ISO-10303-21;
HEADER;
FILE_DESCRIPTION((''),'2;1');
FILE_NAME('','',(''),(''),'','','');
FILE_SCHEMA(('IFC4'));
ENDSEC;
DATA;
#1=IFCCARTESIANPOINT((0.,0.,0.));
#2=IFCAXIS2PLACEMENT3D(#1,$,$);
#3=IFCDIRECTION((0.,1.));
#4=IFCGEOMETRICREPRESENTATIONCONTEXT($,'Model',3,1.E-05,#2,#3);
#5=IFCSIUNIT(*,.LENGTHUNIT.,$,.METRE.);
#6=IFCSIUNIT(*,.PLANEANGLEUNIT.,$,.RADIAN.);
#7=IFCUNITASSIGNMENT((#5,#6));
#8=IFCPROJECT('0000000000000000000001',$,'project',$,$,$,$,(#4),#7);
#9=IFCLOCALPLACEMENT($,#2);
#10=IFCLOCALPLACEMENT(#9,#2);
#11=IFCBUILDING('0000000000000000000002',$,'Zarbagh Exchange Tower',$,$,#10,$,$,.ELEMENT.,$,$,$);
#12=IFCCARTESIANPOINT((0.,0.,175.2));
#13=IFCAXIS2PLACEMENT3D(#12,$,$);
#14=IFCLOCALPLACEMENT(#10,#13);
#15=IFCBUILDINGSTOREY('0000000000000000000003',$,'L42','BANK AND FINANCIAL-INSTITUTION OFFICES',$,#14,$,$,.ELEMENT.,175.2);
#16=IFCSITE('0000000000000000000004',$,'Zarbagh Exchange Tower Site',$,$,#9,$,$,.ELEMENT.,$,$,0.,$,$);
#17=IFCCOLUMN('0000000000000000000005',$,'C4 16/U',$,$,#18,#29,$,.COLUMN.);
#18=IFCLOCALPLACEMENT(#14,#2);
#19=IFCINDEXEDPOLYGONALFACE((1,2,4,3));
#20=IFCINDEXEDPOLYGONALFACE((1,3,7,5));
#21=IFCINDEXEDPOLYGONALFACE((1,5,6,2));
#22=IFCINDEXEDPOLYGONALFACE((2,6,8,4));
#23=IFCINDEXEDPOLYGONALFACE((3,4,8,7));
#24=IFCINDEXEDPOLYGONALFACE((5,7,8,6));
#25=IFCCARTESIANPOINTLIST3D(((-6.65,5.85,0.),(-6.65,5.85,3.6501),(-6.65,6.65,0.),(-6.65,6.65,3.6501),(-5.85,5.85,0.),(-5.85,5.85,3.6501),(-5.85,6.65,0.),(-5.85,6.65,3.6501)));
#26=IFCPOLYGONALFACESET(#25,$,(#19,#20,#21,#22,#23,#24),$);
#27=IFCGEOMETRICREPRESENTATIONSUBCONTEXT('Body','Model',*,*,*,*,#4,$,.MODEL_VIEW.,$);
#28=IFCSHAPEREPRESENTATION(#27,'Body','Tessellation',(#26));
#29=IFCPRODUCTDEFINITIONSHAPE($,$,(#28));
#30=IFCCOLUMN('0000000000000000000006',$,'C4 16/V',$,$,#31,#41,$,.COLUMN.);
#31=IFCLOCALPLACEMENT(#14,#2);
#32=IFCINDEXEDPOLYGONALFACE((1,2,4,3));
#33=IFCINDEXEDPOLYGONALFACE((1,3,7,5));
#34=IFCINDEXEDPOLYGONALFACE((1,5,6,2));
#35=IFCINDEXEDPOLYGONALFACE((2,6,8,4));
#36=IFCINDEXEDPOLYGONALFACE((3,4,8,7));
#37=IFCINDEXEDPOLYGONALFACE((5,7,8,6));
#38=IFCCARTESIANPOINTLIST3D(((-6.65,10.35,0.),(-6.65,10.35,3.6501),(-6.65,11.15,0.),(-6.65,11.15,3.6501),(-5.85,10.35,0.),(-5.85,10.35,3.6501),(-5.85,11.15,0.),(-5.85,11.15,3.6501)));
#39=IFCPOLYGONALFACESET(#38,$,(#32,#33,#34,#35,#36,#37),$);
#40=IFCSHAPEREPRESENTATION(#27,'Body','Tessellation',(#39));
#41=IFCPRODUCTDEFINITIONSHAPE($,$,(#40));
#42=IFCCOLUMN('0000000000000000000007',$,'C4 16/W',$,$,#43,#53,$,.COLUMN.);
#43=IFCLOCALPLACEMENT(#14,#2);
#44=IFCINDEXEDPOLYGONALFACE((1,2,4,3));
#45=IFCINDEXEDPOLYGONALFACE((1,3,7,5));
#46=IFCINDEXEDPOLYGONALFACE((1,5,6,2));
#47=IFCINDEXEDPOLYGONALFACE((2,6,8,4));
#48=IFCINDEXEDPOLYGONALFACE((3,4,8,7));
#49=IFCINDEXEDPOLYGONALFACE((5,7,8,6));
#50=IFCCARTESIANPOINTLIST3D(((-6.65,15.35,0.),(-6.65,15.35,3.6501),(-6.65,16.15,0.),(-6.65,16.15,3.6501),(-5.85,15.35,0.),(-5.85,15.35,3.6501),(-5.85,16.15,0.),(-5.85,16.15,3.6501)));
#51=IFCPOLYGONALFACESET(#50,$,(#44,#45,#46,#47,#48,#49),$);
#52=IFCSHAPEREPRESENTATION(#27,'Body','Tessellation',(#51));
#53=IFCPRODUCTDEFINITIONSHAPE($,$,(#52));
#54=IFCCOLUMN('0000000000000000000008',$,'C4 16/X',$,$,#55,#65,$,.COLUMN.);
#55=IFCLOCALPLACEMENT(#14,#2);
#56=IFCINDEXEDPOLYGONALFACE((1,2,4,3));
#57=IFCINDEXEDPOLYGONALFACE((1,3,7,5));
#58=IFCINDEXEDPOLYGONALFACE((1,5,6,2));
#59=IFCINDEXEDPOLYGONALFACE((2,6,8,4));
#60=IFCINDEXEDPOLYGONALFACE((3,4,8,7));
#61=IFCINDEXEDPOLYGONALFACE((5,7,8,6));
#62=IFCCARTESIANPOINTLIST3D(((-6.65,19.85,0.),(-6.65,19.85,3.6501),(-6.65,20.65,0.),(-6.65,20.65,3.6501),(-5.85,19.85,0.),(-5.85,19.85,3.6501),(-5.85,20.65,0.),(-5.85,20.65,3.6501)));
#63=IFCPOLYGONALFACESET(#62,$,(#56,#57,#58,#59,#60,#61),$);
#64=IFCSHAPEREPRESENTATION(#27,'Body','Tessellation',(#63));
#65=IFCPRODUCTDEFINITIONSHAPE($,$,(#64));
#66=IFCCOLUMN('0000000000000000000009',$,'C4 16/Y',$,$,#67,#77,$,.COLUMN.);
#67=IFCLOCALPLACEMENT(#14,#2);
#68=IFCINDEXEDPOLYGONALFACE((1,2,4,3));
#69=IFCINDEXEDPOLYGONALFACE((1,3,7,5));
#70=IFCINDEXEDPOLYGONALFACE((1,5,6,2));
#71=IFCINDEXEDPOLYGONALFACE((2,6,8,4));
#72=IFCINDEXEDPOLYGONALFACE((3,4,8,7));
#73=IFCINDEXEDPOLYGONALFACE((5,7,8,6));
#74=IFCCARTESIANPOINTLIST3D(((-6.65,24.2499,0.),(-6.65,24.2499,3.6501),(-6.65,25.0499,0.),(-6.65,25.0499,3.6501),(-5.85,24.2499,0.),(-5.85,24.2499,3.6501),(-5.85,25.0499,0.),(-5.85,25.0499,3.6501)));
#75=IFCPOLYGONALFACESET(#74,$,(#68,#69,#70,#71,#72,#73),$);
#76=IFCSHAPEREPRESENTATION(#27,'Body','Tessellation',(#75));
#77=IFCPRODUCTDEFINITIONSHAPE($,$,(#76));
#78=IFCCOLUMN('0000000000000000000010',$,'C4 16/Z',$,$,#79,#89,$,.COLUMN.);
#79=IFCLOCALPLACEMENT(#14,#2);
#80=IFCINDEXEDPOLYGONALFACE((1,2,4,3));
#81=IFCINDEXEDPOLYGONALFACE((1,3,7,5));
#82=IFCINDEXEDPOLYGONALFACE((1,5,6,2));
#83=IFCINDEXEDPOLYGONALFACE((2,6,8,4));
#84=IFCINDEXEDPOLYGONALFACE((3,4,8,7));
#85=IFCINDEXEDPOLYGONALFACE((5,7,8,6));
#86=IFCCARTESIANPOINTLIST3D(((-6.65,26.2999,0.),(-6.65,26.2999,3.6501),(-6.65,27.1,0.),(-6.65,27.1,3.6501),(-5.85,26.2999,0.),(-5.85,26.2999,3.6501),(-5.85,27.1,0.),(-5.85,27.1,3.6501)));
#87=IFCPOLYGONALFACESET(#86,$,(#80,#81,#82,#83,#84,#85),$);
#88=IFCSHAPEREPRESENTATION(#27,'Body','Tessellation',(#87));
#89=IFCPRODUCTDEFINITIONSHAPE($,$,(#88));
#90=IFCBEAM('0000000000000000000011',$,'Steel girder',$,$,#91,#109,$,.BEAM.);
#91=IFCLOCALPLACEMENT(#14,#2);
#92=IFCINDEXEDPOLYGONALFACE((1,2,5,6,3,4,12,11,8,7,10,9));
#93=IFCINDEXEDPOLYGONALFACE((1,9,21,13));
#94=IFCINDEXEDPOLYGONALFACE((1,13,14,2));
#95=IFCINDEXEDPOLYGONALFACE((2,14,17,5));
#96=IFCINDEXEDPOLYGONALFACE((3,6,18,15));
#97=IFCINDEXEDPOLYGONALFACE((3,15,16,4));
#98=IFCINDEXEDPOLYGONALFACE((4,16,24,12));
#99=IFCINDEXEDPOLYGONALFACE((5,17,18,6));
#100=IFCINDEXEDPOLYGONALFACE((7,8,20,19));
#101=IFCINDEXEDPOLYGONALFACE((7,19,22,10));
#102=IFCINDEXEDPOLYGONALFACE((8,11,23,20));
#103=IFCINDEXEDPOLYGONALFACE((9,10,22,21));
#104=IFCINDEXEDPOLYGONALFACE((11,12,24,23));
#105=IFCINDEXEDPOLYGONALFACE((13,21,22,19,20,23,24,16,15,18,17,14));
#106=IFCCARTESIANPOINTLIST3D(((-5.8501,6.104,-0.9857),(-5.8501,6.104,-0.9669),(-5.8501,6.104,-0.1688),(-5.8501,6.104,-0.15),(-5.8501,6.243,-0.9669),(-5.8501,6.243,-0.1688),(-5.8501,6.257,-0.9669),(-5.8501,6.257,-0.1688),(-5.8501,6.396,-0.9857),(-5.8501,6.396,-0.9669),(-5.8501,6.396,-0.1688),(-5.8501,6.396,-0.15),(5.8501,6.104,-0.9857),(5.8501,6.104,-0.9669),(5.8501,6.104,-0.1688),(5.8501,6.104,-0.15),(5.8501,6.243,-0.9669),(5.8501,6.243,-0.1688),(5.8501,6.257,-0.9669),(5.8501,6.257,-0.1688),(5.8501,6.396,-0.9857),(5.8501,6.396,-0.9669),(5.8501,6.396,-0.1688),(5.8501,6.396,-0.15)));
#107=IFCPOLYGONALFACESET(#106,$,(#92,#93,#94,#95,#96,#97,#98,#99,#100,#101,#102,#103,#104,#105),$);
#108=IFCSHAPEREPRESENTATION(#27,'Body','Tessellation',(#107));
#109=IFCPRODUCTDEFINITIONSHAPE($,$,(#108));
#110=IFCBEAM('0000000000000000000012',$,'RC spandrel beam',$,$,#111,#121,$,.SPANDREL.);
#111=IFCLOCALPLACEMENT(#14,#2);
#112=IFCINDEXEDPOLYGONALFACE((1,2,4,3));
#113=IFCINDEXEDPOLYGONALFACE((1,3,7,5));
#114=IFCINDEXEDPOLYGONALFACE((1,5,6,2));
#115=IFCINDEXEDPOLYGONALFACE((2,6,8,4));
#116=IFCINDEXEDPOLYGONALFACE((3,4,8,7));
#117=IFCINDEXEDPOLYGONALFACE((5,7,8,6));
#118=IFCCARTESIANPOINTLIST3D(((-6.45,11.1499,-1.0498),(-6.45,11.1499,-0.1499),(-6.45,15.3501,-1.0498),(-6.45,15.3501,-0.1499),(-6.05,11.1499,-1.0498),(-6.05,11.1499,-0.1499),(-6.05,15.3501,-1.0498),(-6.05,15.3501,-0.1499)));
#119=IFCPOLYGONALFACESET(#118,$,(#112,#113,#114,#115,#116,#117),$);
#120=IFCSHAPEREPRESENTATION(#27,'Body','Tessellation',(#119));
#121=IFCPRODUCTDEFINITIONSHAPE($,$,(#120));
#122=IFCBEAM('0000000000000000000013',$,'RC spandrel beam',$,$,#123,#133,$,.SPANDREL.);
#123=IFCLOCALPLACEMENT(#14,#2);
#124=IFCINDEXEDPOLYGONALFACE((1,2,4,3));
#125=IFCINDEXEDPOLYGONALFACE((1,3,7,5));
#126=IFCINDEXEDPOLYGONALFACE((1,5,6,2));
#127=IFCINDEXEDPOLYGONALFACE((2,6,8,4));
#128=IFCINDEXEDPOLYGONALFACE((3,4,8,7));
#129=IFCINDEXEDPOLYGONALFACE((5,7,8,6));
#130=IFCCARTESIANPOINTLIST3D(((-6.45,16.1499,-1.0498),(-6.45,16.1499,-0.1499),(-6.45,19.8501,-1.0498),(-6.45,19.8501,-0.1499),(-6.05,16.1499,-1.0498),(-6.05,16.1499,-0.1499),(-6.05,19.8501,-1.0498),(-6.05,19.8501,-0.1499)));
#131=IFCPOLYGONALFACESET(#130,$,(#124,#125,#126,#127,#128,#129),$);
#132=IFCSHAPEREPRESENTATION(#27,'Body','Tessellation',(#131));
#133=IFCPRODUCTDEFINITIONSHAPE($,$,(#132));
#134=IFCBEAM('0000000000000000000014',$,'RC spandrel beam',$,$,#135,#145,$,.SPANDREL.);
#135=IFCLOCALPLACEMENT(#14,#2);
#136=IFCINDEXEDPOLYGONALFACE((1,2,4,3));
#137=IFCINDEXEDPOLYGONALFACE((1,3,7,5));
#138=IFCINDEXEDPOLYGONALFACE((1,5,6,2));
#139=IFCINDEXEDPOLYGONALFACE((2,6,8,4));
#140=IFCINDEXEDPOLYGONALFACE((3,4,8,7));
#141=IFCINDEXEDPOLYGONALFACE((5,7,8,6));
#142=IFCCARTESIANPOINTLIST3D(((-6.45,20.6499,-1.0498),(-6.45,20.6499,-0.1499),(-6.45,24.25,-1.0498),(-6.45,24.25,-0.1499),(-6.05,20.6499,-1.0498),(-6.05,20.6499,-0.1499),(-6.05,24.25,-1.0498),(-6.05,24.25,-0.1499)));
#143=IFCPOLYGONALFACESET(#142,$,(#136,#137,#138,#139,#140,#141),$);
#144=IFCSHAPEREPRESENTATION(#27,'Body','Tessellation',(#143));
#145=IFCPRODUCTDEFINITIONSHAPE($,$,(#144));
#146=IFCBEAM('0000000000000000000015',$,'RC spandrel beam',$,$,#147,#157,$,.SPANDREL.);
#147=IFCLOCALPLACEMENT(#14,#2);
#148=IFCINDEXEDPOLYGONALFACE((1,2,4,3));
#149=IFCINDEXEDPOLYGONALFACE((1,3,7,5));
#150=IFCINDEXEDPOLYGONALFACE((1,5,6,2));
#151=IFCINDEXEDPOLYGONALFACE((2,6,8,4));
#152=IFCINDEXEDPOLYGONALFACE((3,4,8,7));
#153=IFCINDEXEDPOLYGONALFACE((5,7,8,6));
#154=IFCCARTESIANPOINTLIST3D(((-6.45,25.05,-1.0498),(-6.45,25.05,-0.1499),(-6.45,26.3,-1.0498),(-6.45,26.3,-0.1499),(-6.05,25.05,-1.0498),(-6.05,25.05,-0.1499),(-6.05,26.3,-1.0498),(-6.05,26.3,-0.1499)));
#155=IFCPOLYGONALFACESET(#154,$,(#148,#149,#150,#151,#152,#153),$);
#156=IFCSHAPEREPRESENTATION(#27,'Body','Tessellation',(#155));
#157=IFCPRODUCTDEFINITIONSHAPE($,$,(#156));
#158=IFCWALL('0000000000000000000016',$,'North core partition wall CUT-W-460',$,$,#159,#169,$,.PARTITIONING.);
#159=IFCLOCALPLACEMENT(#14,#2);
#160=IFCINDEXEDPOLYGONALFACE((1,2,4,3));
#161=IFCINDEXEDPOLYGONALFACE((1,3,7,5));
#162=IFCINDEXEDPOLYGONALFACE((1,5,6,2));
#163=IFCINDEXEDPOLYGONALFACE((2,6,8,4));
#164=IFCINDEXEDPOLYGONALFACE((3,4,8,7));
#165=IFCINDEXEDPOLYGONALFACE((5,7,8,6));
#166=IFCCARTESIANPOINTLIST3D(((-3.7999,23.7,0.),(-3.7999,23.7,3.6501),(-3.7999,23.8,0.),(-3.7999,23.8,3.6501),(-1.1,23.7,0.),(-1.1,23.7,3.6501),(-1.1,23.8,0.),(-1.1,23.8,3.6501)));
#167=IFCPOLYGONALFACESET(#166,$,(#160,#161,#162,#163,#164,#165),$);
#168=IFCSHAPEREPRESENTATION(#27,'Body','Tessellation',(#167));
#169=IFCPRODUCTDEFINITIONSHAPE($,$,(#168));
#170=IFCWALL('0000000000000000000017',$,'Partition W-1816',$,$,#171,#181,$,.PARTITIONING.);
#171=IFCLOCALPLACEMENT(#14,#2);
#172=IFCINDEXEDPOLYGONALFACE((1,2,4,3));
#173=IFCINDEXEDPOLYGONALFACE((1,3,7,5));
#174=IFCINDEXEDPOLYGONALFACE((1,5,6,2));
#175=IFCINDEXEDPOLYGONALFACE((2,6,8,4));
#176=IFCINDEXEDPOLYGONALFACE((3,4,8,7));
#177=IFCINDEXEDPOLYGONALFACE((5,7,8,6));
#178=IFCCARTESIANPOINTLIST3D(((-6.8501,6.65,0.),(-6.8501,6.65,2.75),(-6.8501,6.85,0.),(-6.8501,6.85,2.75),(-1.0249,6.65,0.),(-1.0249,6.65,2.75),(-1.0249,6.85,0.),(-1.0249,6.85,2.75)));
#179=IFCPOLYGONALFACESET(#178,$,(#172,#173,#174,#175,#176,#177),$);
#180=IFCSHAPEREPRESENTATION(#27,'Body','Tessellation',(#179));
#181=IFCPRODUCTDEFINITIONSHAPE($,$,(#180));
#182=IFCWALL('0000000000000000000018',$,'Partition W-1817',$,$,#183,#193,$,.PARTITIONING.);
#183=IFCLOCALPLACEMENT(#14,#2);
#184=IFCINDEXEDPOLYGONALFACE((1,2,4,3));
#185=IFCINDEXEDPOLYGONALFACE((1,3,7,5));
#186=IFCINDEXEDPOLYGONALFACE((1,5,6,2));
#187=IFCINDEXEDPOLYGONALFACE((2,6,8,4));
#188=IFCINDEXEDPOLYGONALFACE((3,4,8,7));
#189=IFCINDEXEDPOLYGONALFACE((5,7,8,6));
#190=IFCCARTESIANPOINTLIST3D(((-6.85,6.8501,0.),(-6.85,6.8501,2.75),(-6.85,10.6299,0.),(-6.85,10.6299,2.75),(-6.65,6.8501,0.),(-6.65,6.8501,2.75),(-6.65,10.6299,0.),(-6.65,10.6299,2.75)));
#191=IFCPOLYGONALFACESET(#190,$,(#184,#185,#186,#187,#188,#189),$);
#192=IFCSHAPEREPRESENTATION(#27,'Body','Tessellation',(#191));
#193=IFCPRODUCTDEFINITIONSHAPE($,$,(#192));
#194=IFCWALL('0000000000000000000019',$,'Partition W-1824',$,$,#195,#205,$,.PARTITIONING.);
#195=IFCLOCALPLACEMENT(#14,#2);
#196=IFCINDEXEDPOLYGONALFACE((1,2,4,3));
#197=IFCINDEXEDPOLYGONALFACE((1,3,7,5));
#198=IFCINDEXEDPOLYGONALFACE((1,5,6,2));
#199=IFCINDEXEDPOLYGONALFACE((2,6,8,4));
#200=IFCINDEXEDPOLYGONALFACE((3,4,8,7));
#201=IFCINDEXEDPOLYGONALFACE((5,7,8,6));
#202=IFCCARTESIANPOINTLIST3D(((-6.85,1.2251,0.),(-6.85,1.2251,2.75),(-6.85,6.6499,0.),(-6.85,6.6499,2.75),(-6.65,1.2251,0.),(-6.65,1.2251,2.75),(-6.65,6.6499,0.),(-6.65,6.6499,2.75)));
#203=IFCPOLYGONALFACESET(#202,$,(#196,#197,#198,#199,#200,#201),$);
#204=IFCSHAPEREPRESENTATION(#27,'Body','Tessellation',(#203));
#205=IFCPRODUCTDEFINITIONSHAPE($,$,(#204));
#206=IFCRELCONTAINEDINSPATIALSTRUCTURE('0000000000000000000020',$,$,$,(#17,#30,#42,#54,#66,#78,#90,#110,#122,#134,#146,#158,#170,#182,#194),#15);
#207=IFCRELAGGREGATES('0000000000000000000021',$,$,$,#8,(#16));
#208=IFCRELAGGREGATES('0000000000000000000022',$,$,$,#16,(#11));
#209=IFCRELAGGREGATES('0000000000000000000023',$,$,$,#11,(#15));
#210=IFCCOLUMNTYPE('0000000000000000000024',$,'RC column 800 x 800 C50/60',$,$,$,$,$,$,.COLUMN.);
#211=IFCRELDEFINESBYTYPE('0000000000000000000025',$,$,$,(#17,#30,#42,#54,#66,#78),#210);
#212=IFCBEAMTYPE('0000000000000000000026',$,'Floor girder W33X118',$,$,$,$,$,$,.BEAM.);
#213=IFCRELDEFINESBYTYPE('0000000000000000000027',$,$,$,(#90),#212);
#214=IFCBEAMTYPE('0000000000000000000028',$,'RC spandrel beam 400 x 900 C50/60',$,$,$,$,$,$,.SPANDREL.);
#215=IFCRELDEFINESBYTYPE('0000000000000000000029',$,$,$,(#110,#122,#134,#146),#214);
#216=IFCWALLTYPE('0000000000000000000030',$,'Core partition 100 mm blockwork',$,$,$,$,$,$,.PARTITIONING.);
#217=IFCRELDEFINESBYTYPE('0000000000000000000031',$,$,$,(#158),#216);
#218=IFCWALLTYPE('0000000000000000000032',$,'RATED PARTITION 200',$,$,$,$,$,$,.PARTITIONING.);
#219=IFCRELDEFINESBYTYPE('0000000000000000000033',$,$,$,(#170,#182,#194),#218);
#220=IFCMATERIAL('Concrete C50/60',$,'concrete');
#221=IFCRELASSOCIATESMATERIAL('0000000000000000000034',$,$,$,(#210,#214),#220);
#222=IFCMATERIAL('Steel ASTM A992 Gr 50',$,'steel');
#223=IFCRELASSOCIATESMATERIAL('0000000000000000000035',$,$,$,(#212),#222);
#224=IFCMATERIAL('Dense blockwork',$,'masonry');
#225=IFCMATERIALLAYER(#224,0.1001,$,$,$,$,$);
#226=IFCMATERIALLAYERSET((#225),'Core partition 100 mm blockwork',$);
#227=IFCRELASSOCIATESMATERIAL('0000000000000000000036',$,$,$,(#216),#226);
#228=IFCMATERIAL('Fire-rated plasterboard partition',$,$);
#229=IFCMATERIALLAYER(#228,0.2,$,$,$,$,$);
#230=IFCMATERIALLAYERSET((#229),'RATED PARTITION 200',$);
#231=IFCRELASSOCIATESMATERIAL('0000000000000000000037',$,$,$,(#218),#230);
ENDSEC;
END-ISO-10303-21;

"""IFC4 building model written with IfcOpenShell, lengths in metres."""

from ifc_helpers import new_model, si_unit, direction, frame, frame_2d, origin, origin_2d, place, context, subcontext, project, spatial, rectangle, i_section, extrude, material, layer, layer_set, material_profile, profile_set, type_object, element, save


model = new_model("IFC4")

# Units and contexts
model_context = context("Model", 3, precision=1e-05, world=origin(), true_north=direction((0.0, 1.0)))
body_context = subcontext(model_context, "Body", "Model", "MODEL_VIEW")
ifc_project = project(units=[si_unit("LENGTHUNIT", "METRE"), si_unit("PLANEANGLEUNIT", "RADIAN")], contexts=[model_context])

# Site, building, storey
site_placement = place(None, origin())
site = spatial("IfcSite", under=ifc_project, at=site_placement, Name="Zarbagh Exchange Tower Site", CompositionType="ELEMENT", RefElevation=0.0)
building_placement = place(site_placement, origin())
building = spatial("IfcBuilding", under=site, at=building_placement, Name="Zarbagh Exchange Tower", CompositionType="ELEMENT")
storey_placement = place(building_placement, frame((0.0, 0.0, 175.2)))
storey = spatial("IfcBuildingStorey", under=building, at=storey_placement, Name="L42", Description="BANK AND FINANCIAL-INSTITUTION OFFICES", CompositionType="ELEMENT", Elevation=175.2)

# Columns
ifc_material_1 = material(Name="Concrete C50/60", Category="concrete")
ifc_material_profile_1 = material_profile(ifc_material_1, rectangle(XDim=0.8, YDim=0.8, at=origin_2d()), Name="RC column 800 x 800 C50/60")
ifc_profile_set_1 = profile_set([ifc_material_profile_1], Name="Concrete C50/60")
column_type = type_object("IfcColumnType", Name="RC column 800 x 800 C50/60", PredefinedType="COLUMN", material=ifc_profile_set_1)
for number, where, z_axis, x_axis, name in (
    (1, (-6.25, 6.25, 0.0), (0.0, 0.0, 1.0), (1.0, 0.0, 0.0), "C4 16/U"),
    (2, (-6.25, 10.75, 0.0), (0.0, 0.0, 1.0), (1.0, 0.0, 0.0), "C4 16/V"),
    (3, (-6.25, 15.75, 0.0), (0.0, 0.0, 1.0), (1.0, 0.0, 0.0), "C4 16/W"),
    (4, (-6.25, 20.25, 0.0), (0.0, 0.0, 1.0), (1.0, 0.0, 0.0), "C4 16/X"),
    (5, (-6.25, 24.6499, 0.0), (0.0, 0.0, 1.0), (1.0, 0.0, 0.0), "C4 16/Y"),
    (6, (-6.25, 26.7, 0.0), (0.0, 0.0, 1.0), (1.0, 0.0, 0.0), "C4 16/Z"),
):
    element("IfcColumn", number, at=place(storey_placement, frame(where, z_axis=z_axis, x_axis=x_axis)), inside=storey, type_object=column_type, Name=name, PredefinedType="COLUMN", context=body_context, shape_type="SweptSolid", body=[
        extrude(rectangle(XDim=0.8, YDim=0.8, at=origin_2d()), origin(), (0.0, 0.0, 1.0), 3.6501),
    ])

# Beams
ifc_material_2 = material(Name="Steel ASTM A992 Gr 50", Category="steel")
ifc_material_profile_2 = material_profile(ifc_material_2, i_section(OverallWidth=0.292, OverallDepth=0.8357, WebThickness=0.0139, FlangeThickness=0.0188, at=origin_2d()), Name="W33X118")
ifc_profile_set_2 = profile_set([ifc_material_profile_2], Name="Steel ASTM A992 Gr 50")
beam_type_1 = type_object("IfcBeamType", Name="Floor girder W33X118", PredefinedType="BEAM", material=ifc_profile_set_2)
beam_1_placement = place(storey_placement, frame((-5.8501, 6.25, -0.5679), z_axis=(1.0, 0.0, 0.0), x_axis=(0.0, 1.0, 0.0)))
element("IfcBeam", 7, at=beam_1_placement, inside=storey, type_object=beam_type_1, Name="Steel girder", PredefinedType="BEAM", context=body_context, shape_type="SweptSolid", body=[
    extrude(i_section(OverallWidth=0.292, OverallDepth=0.8357, WebThickness=0.0139, FlangeThickness=0.0188, at=origin_2d()), origin(), (0.0, 0.0, 1.0), 11.7002),
])
ifc_material_profile_3 = material_profile(ifc_material_1, rectangle(XDim=0.3999, YDim=0.8999, at=origin_2d()), Name="RC spandrel beam 400 x 900 C50/60")
ifc_profile_set_3 = profile_set([ifc_material_profile_3], Name="Concrete C50/60")
beam_type_2 = type_object("IfcBeamType", Name="RC spandrel beam 400 x 900 C50/60", PredefinedType="SPANDREL", material=ifc_profile_set_3)
beam_2_placement = place(storey_placement, frame((-6.25, 11.1499, -0.5999), z_axis=(0.0, 1.0, 0.0), x_axis=(-1.0, 0.0, 0.0)))
element("IfcBeam", 8, at=beam_2_placement, inside=storey, type_object=beam_type_2, Name="RC spandrel beam", PredefinedType="SPANDREL", context=body_context, shape_type="SweptSolid", body=[
    extrude(rectangle(XDim=0.3999, YDim=0.8999, at=origin_2d()), origin(), (0.0, 0.0, 1.0), 4.2002),
])
beam_3_placement = place(storey_placement, frame((-6.25, 16.1499, -0.5999), z_axis=(0.0, 1.0, 0.0), x_axis=(-1.0, 0.0, 0.0)))
element("IfcBeam", 9, at=beam_3_placement, inside=storey, type_object=beam_type_2, Name="RC spandrel beam", PredefinedType="SPANDREL", context=body_context, shape_type="SweptSolid", body=[
    extrude(rectangle(XDim=0.3999, YDim=0.8999, at=origin_2d()), origin(), (0.0, 0.0, 1.0), 3.7002),
])
beam_4_placement = place(storey_placement, frame((-6.25, 20.6499, -0.5999), z_axis=(0.0, 1.0, 0.0), x_axis=(-1.0, 0.0, 0.0)))
element("IfcBeam", 10, at=beam_4_placement, inside=storey, type_object=beam_type_2, Name="RC spandrel beam", PredefinedType="SPANDREL", context=body_context, shape_type="SweptSolid", body=[
    extrude(rectangle(XDim=0.3999, YDim=0.8999, at=origin_2d()), origin(), (0.0, 0.0, 1.0), 3.6001),
])
beam_5_placement = place(storey_placement, frame((-6.25, 25.05, -0.5999), z_axis=(0.0, 1.0, 0.0), x_axis=(-1.0, 0.0, 0.0)))
element("IfcBeam", 11, at=beam_5_placement, inside=storey, type_object=beam_type_2, Name="RC spandrel beam", PredefinedType="SPANDREL", context=body_context, shape_type="SweptSolid", body=[
    extrude(rectangle(XDim=0.3999, YDim=0.8999, at=origin_2d()), origin(), (0.0, 0.0, 1.0), 1.25),
])

# Walls
ifc_material_3 = material(Name="Dense blockwork", Category="masonry")
ifc_layer_1 = layer(ifc_material_3, 0.1001)
ifc_layer_set_1 = layer_set([ifc_layer_1], Name="Core partition 100 mm blockwork")
wall_type_1 = type_object("IfcWallType", Name="Core partition 100 mm blockwork", PredefinedType="PARTITIONING", material=ifc_layer_set_1)
wall_1_placement = place(storey_placement, frame((-3.8, 23.75, 0.0), z_axis=(0.0, 0.0, 1.0), x_axis=(1.0, 0.0, 0.0)))
element("IfcWall", 12, at=wall_1_placement, inside=storey, type_object=wall_type_1, Name="North core partition wall CUT-W-460", PredefinedType="PARTITIONING", context=body_context, shape_type="SweptSolid", body=[
    extrude(rectangle(XDim=2.7, YDim=0.1001, at=frame_2d((1.3501, 0.0))), origin(), (0.0, 0.0, 1.0), 3.6501),
])
ifc_material_4 = material(Name="Fire-rated plasterboard partition")
ifc_layer_2 = layer(ifc_material_4, 0.2)
ifc_layer_set_2 = layer_set([ifc_layer_2], Name="RATED PARTITION 200")
wall_type_2 = type_object("IfcWallType", Name="RATED PARTITION 200", PredefinedType="PARTITIONING", material=ifc_layer_set_2)
wall_2_placement = place(storey_placement, frame((-6.8501, 6.75, 0.0), z_axis=(0.0, 0.0, 1.0), x_axis=(1.0, 0.0, 0.0)))
element("IfcWall", 13, at=wall_2_placement, inside=storey, type_object=wall_type_2, Name="Partition W-1816", PredefinedType="PARTITIONING", context=body_context, shape_type="SweptSolid", body=[
    extrude(rectangle(XDim=5.8252, YDim=0.2, at=frame_2d((2.9126, 0.0))), origin(), (0.0, 0.0, 1.0), 2.75),
])
wall_3_placement = place(storey_placement, frame((-6.75, 6.8501, 0.0), z_axis=(0.0, 0.0, 1.0), x_axis=(0.0, 1.0, 0.0)))
element("IfcWall", 14, at=wall_3_placement, inside=storey, type_object=wall_type_2, Name="Partition W-1817", PredefinedType="PARTITIONING", context=body_context, shape_type="SweptSolid", body=[
    extrude(rectangle(XDim=3.7798, YDim=0.2, at=frame_2d((1.8899, 0.0))), origin(), (0.0, 0.0, 1.0), 2.75),
])
wall_4_placement = place(storey_placement, frame((-6.75, 1.2251, 0.0), z_axis=(0.0, 0.0, 1.0), x_axis=(0.0, 1.0, 0.0)))
element("IfcWall", 15, at=wall_4_placement, inside=storey, type_object=wall_type_2, Name="Partition W-1824", PredefinedType="PARTITIONING", context=body_context, shape_type="SweptSolid", body=[
    extrude(rectangle(XDim=5.4248, YDim=0.2, at=frame_2d((2.7124, 0.0))), origin(), (0.0, 0.0, 1.0), 2.75),
])

save(model, "model.ifc")
